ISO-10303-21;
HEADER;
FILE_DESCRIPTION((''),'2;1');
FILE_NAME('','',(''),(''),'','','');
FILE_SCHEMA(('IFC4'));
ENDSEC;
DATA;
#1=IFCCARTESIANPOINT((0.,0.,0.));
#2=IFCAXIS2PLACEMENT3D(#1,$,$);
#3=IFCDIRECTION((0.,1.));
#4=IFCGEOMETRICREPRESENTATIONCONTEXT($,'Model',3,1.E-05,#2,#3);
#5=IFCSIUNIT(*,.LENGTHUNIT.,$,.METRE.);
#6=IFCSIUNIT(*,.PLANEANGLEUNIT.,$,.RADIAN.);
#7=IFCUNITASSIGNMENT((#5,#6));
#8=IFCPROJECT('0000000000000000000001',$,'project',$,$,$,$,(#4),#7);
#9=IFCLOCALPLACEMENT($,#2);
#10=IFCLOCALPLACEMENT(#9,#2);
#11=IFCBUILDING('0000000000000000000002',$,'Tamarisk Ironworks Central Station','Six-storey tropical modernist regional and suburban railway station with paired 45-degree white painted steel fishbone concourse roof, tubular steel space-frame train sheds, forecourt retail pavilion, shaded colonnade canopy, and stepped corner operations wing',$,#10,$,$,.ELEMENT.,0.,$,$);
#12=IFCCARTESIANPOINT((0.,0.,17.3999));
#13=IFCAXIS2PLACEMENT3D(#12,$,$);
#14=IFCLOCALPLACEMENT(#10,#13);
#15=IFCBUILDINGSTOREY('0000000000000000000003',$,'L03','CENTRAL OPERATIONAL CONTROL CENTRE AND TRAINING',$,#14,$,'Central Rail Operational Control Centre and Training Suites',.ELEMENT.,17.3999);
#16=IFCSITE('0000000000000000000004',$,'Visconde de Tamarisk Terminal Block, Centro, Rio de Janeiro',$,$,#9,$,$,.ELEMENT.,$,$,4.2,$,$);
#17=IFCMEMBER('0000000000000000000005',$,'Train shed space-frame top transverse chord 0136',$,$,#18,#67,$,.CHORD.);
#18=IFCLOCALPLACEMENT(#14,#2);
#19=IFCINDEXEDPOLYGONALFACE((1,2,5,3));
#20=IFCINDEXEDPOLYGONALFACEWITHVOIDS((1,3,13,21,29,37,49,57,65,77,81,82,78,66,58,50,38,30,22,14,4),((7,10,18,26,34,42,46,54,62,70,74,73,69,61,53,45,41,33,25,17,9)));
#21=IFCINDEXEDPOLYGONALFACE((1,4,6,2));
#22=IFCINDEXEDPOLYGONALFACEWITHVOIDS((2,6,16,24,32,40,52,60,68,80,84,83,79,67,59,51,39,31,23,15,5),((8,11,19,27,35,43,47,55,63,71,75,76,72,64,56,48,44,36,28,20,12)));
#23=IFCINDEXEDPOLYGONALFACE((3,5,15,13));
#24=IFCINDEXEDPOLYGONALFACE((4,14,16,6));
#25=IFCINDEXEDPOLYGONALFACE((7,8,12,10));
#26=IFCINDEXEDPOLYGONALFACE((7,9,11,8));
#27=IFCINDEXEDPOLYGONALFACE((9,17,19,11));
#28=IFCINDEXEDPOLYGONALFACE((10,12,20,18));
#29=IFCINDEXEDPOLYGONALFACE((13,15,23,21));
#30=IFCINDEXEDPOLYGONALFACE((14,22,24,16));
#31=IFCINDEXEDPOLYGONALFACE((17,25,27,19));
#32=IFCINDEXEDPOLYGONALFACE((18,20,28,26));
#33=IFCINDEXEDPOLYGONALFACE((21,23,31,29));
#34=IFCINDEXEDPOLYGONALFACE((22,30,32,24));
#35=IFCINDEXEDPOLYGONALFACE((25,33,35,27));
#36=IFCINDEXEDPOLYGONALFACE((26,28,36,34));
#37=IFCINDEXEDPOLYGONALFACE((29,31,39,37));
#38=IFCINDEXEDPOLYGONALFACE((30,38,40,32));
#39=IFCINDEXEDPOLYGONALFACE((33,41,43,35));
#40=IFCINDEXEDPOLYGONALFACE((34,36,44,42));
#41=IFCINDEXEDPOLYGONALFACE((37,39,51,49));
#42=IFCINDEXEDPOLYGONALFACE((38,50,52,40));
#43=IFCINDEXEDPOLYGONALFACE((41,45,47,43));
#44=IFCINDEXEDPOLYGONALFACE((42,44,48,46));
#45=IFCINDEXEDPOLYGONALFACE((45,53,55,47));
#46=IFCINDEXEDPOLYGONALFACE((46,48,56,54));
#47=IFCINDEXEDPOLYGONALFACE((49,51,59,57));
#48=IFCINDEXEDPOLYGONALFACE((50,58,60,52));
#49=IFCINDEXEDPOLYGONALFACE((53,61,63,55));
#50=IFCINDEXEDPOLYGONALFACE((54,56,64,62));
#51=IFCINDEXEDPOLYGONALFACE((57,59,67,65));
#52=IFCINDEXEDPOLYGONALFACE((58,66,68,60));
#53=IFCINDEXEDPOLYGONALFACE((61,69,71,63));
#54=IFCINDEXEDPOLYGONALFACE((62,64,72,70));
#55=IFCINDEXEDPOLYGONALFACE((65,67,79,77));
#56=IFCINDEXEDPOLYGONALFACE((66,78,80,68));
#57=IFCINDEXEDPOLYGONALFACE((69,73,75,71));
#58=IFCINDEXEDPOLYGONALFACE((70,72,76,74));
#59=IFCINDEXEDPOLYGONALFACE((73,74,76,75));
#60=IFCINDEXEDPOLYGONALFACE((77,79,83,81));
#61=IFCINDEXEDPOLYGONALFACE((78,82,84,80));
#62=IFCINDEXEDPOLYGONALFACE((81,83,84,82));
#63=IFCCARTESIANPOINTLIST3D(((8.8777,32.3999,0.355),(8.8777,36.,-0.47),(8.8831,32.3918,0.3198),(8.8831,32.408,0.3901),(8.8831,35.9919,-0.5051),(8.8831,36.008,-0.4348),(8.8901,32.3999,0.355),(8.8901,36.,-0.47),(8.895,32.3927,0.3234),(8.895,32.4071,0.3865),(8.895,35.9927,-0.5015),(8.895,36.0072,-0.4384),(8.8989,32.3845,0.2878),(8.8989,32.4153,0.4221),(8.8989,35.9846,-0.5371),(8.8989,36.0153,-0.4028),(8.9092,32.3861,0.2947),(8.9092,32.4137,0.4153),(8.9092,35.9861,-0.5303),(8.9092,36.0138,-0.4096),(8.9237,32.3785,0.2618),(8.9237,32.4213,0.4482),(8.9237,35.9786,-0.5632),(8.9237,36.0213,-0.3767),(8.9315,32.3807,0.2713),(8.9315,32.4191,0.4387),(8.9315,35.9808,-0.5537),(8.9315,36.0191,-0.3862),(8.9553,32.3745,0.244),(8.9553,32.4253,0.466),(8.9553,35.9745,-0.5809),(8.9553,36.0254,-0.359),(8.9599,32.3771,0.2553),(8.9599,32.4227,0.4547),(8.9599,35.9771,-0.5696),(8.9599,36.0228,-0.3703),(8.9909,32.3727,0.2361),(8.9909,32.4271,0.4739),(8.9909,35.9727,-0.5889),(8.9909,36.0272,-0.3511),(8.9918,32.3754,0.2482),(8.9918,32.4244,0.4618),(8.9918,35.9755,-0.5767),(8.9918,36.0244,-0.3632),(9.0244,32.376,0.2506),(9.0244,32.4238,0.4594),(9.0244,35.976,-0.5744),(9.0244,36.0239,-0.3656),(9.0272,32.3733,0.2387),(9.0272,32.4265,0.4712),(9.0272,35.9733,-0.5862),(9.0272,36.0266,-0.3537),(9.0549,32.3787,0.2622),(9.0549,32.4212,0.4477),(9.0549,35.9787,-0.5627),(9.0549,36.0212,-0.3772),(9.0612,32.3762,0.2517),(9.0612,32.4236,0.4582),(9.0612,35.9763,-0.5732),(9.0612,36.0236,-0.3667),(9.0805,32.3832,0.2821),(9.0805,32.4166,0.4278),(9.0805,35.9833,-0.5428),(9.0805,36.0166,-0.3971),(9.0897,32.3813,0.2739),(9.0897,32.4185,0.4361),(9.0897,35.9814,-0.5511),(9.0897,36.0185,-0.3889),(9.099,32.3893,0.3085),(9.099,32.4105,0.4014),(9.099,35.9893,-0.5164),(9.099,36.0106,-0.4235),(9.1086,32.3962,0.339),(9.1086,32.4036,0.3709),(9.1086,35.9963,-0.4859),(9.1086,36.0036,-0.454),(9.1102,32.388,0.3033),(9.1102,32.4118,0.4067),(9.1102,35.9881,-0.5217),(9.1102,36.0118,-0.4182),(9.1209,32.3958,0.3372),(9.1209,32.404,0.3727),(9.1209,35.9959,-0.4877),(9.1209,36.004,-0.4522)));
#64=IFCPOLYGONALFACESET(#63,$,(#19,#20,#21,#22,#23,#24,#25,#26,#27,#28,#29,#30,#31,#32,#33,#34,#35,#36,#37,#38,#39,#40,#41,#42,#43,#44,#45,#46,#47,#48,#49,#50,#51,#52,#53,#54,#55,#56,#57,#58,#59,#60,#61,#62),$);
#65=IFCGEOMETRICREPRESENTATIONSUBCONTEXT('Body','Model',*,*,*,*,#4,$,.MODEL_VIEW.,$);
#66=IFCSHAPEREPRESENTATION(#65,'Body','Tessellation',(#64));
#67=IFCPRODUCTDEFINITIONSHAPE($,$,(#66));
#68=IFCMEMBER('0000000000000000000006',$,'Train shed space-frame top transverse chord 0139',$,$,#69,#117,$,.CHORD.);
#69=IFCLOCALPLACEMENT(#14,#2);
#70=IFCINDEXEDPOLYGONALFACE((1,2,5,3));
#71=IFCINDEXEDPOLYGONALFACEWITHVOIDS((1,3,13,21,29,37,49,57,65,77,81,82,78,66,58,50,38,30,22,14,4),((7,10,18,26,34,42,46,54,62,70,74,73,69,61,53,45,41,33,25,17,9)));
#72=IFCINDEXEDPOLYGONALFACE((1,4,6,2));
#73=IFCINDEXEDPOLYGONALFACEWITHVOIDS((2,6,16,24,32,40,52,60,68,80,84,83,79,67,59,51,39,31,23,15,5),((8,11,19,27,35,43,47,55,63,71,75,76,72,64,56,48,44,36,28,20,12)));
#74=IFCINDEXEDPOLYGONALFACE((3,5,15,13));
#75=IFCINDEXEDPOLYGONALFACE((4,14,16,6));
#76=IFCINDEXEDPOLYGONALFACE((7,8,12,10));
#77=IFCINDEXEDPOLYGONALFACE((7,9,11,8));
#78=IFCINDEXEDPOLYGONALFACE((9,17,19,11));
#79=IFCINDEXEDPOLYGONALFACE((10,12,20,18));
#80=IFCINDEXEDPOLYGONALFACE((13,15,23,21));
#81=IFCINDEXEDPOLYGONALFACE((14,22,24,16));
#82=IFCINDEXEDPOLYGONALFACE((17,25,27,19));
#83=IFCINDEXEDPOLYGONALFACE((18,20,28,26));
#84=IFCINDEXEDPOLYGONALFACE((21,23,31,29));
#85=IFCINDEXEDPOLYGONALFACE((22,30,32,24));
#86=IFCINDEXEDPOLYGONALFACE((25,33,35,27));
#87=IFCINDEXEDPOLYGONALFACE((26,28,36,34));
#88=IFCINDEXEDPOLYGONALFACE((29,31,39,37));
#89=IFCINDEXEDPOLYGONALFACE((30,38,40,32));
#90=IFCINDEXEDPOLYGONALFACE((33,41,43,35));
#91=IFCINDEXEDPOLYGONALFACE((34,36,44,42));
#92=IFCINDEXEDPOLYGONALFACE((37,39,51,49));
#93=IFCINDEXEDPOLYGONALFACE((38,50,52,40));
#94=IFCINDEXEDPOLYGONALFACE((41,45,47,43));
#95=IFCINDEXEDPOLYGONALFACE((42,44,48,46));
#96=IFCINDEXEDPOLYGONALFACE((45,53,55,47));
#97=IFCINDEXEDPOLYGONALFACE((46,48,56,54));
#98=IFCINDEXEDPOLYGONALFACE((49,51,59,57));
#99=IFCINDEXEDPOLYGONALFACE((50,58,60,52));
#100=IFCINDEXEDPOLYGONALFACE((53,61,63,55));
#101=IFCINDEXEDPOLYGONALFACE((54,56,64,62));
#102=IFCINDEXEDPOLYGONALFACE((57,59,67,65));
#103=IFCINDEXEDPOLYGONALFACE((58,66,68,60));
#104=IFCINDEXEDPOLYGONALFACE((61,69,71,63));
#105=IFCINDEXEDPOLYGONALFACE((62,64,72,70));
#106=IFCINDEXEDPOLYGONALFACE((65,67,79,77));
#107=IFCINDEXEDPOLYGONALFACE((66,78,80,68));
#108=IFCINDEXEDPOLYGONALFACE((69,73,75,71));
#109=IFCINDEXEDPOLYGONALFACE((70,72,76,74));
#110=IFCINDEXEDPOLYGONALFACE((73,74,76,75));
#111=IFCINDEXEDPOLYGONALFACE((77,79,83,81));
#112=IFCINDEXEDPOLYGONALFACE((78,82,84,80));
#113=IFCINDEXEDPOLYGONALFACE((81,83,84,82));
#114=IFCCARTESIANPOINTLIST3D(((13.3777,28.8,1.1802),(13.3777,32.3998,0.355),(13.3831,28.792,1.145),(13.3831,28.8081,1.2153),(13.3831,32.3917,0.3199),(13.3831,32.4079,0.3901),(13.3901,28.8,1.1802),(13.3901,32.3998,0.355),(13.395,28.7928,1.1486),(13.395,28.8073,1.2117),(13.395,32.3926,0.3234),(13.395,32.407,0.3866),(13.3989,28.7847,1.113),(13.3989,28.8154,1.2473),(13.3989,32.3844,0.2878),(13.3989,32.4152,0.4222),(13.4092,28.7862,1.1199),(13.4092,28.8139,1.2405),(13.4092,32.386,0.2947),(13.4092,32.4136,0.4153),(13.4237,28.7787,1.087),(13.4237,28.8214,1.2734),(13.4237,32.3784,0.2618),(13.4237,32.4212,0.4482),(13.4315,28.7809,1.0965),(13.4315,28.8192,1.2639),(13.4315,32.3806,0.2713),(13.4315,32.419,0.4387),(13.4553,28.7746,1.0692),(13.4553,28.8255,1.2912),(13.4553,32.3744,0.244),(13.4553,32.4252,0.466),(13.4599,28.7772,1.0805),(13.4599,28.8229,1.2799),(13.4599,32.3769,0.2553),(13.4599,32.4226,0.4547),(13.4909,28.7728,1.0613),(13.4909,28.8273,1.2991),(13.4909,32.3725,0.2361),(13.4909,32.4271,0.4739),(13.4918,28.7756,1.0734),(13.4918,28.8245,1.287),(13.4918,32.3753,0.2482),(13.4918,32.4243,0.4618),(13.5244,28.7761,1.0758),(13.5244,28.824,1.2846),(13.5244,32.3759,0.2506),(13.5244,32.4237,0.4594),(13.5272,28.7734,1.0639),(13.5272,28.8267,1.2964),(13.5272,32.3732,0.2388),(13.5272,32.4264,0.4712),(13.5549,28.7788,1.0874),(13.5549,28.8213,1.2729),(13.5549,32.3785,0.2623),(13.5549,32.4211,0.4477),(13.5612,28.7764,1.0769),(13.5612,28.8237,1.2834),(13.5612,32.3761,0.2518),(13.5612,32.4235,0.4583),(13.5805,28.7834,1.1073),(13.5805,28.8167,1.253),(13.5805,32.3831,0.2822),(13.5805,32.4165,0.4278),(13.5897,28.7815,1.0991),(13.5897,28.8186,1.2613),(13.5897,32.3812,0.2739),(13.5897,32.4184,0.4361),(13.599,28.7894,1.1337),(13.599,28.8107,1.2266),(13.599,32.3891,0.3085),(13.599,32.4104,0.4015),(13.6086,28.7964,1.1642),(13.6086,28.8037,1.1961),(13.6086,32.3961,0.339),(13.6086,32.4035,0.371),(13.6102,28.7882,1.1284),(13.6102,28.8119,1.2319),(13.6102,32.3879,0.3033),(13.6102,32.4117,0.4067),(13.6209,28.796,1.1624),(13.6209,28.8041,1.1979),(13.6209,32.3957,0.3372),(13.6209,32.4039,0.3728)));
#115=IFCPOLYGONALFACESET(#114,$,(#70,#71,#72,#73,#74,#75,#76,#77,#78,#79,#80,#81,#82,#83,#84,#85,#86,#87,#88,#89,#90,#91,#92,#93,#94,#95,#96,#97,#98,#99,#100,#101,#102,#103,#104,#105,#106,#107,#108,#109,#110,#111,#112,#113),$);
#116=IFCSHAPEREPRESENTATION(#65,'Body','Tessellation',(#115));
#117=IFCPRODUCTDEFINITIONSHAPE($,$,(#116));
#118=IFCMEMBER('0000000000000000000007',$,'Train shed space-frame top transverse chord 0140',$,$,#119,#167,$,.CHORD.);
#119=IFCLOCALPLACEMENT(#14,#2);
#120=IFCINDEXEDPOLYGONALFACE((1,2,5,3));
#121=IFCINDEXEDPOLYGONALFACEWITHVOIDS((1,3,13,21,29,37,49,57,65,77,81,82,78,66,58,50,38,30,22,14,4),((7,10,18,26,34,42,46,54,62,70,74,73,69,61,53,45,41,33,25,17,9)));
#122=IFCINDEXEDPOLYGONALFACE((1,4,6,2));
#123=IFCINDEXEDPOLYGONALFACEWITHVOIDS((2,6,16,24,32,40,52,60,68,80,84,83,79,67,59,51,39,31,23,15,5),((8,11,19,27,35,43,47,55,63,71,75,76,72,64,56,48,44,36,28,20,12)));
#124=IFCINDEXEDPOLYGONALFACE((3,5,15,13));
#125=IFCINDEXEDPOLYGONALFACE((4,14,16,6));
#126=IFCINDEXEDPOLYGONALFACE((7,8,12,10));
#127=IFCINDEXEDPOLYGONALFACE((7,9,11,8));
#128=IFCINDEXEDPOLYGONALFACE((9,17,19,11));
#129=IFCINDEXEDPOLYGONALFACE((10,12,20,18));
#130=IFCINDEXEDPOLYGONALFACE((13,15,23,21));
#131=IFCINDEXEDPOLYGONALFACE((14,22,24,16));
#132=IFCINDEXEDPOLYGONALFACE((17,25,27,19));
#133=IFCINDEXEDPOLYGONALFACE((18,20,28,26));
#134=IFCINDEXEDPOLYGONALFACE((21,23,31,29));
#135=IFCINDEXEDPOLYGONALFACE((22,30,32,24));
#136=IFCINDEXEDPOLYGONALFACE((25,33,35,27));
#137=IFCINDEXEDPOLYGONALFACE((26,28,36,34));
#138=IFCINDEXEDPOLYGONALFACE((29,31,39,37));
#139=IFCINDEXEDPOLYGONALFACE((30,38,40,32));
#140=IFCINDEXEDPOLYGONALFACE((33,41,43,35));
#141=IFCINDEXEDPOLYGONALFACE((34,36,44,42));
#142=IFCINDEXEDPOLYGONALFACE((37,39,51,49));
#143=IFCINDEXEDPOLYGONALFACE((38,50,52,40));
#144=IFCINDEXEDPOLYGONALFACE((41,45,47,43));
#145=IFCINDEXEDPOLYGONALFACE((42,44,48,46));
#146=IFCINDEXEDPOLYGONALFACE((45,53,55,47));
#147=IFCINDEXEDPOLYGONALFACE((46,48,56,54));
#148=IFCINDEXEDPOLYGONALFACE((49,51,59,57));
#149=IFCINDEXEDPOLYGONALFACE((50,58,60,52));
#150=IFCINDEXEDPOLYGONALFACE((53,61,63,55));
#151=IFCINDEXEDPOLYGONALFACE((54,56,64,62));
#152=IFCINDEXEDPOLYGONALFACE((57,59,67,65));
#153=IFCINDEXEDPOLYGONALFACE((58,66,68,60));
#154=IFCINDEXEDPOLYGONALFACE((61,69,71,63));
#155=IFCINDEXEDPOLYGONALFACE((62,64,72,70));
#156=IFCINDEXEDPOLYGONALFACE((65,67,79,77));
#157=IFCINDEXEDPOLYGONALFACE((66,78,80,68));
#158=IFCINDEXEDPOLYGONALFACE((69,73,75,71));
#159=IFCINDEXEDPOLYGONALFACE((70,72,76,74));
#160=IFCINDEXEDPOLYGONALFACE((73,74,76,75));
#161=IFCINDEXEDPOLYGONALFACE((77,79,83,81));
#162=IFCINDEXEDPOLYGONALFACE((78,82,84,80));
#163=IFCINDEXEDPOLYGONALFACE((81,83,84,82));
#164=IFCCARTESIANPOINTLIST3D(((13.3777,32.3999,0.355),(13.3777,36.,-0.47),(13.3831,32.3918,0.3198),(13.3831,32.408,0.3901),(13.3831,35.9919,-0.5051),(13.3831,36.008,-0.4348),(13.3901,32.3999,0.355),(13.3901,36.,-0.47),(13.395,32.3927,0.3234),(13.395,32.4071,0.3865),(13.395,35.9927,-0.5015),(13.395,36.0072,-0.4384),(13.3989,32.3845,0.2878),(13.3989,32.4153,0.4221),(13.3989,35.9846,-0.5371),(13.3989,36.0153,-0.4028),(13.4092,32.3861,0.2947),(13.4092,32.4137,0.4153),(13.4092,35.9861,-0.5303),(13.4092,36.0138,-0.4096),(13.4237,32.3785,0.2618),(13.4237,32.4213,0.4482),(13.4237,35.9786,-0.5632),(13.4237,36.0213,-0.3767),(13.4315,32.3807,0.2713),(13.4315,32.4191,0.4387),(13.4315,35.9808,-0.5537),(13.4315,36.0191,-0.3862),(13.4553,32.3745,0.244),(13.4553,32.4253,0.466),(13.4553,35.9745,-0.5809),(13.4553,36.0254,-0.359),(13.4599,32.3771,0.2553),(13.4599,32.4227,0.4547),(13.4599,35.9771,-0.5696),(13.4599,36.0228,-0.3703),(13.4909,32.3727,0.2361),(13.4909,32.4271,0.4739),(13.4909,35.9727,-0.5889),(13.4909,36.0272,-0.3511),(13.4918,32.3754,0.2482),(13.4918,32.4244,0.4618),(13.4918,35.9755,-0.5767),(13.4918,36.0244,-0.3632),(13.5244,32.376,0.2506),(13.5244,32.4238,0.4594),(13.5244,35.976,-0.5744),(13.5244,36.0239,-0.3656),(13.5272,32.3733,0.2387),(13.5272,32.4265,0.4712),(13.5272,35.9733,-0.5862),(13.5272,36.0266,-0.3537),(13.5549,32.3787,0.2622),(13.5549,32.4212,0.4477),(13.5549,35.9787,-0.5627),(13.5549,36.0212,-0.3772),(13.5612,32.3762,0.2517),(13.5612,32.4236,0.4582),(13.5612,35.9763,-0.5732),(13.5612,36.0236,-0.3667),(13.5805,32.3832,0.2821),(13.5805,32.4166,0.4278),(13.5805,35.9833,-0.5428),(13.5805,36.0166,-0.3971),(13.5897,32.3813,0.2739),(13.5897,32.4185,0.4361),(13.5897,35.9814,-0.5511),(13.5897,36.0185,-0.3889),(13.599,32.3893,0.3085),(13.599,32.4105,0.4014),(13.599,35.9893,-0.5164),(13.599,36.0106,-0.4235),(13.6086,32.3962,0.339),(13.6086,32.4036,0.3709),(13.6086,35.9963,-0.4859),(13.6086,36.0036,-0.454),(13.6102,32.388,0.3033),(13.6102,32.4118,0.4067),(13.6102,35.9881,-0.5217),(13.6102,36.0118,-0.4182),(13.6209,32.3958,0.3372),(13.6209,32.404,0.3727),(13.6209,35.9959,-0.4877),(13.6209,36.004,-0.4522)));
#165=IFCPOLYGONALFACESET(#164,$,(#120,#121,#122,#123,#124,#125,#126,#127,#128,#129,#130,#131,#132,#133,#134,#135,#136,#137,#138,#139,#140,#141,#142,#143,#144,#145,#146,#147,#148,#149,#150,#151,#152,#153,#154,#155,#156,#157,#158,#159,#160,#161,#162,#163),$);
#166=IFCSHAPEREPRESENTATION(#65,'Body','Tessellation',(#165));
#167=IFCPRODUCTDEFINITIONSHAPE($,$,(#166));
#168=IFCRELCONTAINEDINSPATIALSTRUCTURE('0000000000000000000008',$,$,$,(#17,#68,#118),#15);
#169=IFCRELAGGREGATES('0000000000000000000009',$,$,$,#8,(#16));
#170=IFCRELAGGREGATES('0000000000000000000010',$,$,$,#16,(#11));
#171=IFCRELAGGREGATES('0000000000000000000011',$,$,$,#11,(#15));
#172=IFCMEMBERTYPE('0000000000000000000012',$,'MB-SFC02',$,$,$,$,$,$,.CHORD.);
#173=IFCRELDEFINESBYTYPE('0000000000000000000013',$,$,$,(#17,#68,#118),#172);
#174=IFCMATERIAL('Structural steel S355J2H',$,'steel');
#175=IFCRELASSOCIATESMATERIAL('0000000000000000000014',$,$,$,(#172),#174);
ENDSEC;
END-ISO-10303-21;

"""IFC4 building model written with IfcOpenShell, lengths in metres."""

from ifc_helpers import new_model, si_unit, direction, frame, origin, origin_2d, place, context, subcontext, project, spatial, hollow_circle, extrude, material, material_profile, profile_set, type_object, element, save


model = new_model("IFC4")

# Units and contexts
model_context = context("Model", 3, precision=1e-05, world=origin(), true_north=direction((0.0, 1.0)))
body_context = subcontext(model_context, "Body", "Model", "MODEL_VIEW")
ifc_project = project(units=[si_unit("LENGTHUNIT", "METRE"), si_unit("PLANEANGLEUNIT", "RADIAN")], contexts=[model_context])

# Site, building, storey
site_placement = place(None, origin())
site = spatial("IfcSite", under=ifc_project, at=site_placement, Name="Visconde de Tamarisk Terminal Block, Centro, Rio de Janeiro", CompositionType="ELEMENT", RefElevation=4.2)
building_placement = place(site_placement, origin())
building = spatial("IfcBuilding", under=site, at=building_placement, Name="Tamarisk Ironworks Central Station", Description="Six-storey tropical modernist regional and suburban railway station with paired 45-degree white painted steel fishbone concourse roof, tubular steel space-frame train sheds, forecourt retail pavilion, shaded colonnade canopy, and stepped corner operations wing", CompositionType="ELEMENT", ElevationOfRefHeight=0.0)
storey_placement = place(building_placement, frame((0.0, 0.0, 17.3999)))
storey = spatial("IfcBuildingStorey", under=building, at=storey_placement, Name="L03", Description="CENTRAL OPERATIONAL CONTROL CENTRE AND TRAINING", LongName="Central Rail Operational Control Centre and Training Suites", CompositionType="ELEMENT", Elevation=17.3999)

# Members
ifc_material = material(Name="Structural steel S355J2H", Category="steel")
ifc_material_profile_1 = material_profile(ifc_material, hollow_circle(Radius=0.1223, WallThickness=0.0125, at=origin_2d()), Name="CHS 244.5x12.5")
ifc_profile_set_1 = profile_set([ifc_material_profile_1], Name="Structural steel S355J2H")
member_type_1 = type_object("IfcMemberType", Name="MB-SFC02", PredefinedType="CHORD", material=ifc_profile_set_1)
member_1_placement = place(storey_placement, frame((9.0, 32.3999, 0.355), z_axis=(0.0, 0.974737, -0.223358), x_axis=(-1.0, 0.0, 0.0)))
element("IfcMember", 1, at=member_1_placement, inside=storey, type_object=member_type_1, Name="Train shed space-frame top transverse chord 0136", PredefinedType="CHORD", context=body_context, shape_type="SweptSolid", body=[
    extrude(hollow_circle(Radius=0.1223, WallThickness=0.0125, at=origin_2d()), origin(), (0.0, 0.0, 1.0), 3.6934),
])
member_2_placement = place(storey_placement, frame((13.5, 28.8, 1.1802), z_axis=(0.0, 0.974719, -0.223435), x_axis=(-1.0, 0.0, 0.0)))
element("IfcMember", 2, at=member_2_placement, inside=storey, type_object=member_type_1, Name="Train shed space-frame top transverse chord 0139", PredefinedType="CHORD", context=body_context, shape_type="SweptSolid", body=[
    extrude(hollow_circle(Radius=0.1223, WallThickness=0.0125, at=origin_2d()), origin(), (0.0, 0.0, 1.0), 3.6931),
])
member_3_placement = place(storey_placement, frame((13.5, 32.3999, 0.355), z_axis=(0.0, 0.974737, -0.223358), x_axis=(-1.0, 0.0, 0.0)))
element("IfcMember", 3, at=member_3_placement, inside=storey, type_object=member_type_1, Name="Train shed space-frame top transverse chord 0140", PredefinedType="CHORD", context=body_context, shape_type="SweptSolid", body=[
    extrude(hollow_circle(Radius=0.1223, WallThickness=0.0125, at=origin_2d()), origin(), (0.0, 0.0, 1.0), 3.6934),
])

save(model, "model.ifc")
